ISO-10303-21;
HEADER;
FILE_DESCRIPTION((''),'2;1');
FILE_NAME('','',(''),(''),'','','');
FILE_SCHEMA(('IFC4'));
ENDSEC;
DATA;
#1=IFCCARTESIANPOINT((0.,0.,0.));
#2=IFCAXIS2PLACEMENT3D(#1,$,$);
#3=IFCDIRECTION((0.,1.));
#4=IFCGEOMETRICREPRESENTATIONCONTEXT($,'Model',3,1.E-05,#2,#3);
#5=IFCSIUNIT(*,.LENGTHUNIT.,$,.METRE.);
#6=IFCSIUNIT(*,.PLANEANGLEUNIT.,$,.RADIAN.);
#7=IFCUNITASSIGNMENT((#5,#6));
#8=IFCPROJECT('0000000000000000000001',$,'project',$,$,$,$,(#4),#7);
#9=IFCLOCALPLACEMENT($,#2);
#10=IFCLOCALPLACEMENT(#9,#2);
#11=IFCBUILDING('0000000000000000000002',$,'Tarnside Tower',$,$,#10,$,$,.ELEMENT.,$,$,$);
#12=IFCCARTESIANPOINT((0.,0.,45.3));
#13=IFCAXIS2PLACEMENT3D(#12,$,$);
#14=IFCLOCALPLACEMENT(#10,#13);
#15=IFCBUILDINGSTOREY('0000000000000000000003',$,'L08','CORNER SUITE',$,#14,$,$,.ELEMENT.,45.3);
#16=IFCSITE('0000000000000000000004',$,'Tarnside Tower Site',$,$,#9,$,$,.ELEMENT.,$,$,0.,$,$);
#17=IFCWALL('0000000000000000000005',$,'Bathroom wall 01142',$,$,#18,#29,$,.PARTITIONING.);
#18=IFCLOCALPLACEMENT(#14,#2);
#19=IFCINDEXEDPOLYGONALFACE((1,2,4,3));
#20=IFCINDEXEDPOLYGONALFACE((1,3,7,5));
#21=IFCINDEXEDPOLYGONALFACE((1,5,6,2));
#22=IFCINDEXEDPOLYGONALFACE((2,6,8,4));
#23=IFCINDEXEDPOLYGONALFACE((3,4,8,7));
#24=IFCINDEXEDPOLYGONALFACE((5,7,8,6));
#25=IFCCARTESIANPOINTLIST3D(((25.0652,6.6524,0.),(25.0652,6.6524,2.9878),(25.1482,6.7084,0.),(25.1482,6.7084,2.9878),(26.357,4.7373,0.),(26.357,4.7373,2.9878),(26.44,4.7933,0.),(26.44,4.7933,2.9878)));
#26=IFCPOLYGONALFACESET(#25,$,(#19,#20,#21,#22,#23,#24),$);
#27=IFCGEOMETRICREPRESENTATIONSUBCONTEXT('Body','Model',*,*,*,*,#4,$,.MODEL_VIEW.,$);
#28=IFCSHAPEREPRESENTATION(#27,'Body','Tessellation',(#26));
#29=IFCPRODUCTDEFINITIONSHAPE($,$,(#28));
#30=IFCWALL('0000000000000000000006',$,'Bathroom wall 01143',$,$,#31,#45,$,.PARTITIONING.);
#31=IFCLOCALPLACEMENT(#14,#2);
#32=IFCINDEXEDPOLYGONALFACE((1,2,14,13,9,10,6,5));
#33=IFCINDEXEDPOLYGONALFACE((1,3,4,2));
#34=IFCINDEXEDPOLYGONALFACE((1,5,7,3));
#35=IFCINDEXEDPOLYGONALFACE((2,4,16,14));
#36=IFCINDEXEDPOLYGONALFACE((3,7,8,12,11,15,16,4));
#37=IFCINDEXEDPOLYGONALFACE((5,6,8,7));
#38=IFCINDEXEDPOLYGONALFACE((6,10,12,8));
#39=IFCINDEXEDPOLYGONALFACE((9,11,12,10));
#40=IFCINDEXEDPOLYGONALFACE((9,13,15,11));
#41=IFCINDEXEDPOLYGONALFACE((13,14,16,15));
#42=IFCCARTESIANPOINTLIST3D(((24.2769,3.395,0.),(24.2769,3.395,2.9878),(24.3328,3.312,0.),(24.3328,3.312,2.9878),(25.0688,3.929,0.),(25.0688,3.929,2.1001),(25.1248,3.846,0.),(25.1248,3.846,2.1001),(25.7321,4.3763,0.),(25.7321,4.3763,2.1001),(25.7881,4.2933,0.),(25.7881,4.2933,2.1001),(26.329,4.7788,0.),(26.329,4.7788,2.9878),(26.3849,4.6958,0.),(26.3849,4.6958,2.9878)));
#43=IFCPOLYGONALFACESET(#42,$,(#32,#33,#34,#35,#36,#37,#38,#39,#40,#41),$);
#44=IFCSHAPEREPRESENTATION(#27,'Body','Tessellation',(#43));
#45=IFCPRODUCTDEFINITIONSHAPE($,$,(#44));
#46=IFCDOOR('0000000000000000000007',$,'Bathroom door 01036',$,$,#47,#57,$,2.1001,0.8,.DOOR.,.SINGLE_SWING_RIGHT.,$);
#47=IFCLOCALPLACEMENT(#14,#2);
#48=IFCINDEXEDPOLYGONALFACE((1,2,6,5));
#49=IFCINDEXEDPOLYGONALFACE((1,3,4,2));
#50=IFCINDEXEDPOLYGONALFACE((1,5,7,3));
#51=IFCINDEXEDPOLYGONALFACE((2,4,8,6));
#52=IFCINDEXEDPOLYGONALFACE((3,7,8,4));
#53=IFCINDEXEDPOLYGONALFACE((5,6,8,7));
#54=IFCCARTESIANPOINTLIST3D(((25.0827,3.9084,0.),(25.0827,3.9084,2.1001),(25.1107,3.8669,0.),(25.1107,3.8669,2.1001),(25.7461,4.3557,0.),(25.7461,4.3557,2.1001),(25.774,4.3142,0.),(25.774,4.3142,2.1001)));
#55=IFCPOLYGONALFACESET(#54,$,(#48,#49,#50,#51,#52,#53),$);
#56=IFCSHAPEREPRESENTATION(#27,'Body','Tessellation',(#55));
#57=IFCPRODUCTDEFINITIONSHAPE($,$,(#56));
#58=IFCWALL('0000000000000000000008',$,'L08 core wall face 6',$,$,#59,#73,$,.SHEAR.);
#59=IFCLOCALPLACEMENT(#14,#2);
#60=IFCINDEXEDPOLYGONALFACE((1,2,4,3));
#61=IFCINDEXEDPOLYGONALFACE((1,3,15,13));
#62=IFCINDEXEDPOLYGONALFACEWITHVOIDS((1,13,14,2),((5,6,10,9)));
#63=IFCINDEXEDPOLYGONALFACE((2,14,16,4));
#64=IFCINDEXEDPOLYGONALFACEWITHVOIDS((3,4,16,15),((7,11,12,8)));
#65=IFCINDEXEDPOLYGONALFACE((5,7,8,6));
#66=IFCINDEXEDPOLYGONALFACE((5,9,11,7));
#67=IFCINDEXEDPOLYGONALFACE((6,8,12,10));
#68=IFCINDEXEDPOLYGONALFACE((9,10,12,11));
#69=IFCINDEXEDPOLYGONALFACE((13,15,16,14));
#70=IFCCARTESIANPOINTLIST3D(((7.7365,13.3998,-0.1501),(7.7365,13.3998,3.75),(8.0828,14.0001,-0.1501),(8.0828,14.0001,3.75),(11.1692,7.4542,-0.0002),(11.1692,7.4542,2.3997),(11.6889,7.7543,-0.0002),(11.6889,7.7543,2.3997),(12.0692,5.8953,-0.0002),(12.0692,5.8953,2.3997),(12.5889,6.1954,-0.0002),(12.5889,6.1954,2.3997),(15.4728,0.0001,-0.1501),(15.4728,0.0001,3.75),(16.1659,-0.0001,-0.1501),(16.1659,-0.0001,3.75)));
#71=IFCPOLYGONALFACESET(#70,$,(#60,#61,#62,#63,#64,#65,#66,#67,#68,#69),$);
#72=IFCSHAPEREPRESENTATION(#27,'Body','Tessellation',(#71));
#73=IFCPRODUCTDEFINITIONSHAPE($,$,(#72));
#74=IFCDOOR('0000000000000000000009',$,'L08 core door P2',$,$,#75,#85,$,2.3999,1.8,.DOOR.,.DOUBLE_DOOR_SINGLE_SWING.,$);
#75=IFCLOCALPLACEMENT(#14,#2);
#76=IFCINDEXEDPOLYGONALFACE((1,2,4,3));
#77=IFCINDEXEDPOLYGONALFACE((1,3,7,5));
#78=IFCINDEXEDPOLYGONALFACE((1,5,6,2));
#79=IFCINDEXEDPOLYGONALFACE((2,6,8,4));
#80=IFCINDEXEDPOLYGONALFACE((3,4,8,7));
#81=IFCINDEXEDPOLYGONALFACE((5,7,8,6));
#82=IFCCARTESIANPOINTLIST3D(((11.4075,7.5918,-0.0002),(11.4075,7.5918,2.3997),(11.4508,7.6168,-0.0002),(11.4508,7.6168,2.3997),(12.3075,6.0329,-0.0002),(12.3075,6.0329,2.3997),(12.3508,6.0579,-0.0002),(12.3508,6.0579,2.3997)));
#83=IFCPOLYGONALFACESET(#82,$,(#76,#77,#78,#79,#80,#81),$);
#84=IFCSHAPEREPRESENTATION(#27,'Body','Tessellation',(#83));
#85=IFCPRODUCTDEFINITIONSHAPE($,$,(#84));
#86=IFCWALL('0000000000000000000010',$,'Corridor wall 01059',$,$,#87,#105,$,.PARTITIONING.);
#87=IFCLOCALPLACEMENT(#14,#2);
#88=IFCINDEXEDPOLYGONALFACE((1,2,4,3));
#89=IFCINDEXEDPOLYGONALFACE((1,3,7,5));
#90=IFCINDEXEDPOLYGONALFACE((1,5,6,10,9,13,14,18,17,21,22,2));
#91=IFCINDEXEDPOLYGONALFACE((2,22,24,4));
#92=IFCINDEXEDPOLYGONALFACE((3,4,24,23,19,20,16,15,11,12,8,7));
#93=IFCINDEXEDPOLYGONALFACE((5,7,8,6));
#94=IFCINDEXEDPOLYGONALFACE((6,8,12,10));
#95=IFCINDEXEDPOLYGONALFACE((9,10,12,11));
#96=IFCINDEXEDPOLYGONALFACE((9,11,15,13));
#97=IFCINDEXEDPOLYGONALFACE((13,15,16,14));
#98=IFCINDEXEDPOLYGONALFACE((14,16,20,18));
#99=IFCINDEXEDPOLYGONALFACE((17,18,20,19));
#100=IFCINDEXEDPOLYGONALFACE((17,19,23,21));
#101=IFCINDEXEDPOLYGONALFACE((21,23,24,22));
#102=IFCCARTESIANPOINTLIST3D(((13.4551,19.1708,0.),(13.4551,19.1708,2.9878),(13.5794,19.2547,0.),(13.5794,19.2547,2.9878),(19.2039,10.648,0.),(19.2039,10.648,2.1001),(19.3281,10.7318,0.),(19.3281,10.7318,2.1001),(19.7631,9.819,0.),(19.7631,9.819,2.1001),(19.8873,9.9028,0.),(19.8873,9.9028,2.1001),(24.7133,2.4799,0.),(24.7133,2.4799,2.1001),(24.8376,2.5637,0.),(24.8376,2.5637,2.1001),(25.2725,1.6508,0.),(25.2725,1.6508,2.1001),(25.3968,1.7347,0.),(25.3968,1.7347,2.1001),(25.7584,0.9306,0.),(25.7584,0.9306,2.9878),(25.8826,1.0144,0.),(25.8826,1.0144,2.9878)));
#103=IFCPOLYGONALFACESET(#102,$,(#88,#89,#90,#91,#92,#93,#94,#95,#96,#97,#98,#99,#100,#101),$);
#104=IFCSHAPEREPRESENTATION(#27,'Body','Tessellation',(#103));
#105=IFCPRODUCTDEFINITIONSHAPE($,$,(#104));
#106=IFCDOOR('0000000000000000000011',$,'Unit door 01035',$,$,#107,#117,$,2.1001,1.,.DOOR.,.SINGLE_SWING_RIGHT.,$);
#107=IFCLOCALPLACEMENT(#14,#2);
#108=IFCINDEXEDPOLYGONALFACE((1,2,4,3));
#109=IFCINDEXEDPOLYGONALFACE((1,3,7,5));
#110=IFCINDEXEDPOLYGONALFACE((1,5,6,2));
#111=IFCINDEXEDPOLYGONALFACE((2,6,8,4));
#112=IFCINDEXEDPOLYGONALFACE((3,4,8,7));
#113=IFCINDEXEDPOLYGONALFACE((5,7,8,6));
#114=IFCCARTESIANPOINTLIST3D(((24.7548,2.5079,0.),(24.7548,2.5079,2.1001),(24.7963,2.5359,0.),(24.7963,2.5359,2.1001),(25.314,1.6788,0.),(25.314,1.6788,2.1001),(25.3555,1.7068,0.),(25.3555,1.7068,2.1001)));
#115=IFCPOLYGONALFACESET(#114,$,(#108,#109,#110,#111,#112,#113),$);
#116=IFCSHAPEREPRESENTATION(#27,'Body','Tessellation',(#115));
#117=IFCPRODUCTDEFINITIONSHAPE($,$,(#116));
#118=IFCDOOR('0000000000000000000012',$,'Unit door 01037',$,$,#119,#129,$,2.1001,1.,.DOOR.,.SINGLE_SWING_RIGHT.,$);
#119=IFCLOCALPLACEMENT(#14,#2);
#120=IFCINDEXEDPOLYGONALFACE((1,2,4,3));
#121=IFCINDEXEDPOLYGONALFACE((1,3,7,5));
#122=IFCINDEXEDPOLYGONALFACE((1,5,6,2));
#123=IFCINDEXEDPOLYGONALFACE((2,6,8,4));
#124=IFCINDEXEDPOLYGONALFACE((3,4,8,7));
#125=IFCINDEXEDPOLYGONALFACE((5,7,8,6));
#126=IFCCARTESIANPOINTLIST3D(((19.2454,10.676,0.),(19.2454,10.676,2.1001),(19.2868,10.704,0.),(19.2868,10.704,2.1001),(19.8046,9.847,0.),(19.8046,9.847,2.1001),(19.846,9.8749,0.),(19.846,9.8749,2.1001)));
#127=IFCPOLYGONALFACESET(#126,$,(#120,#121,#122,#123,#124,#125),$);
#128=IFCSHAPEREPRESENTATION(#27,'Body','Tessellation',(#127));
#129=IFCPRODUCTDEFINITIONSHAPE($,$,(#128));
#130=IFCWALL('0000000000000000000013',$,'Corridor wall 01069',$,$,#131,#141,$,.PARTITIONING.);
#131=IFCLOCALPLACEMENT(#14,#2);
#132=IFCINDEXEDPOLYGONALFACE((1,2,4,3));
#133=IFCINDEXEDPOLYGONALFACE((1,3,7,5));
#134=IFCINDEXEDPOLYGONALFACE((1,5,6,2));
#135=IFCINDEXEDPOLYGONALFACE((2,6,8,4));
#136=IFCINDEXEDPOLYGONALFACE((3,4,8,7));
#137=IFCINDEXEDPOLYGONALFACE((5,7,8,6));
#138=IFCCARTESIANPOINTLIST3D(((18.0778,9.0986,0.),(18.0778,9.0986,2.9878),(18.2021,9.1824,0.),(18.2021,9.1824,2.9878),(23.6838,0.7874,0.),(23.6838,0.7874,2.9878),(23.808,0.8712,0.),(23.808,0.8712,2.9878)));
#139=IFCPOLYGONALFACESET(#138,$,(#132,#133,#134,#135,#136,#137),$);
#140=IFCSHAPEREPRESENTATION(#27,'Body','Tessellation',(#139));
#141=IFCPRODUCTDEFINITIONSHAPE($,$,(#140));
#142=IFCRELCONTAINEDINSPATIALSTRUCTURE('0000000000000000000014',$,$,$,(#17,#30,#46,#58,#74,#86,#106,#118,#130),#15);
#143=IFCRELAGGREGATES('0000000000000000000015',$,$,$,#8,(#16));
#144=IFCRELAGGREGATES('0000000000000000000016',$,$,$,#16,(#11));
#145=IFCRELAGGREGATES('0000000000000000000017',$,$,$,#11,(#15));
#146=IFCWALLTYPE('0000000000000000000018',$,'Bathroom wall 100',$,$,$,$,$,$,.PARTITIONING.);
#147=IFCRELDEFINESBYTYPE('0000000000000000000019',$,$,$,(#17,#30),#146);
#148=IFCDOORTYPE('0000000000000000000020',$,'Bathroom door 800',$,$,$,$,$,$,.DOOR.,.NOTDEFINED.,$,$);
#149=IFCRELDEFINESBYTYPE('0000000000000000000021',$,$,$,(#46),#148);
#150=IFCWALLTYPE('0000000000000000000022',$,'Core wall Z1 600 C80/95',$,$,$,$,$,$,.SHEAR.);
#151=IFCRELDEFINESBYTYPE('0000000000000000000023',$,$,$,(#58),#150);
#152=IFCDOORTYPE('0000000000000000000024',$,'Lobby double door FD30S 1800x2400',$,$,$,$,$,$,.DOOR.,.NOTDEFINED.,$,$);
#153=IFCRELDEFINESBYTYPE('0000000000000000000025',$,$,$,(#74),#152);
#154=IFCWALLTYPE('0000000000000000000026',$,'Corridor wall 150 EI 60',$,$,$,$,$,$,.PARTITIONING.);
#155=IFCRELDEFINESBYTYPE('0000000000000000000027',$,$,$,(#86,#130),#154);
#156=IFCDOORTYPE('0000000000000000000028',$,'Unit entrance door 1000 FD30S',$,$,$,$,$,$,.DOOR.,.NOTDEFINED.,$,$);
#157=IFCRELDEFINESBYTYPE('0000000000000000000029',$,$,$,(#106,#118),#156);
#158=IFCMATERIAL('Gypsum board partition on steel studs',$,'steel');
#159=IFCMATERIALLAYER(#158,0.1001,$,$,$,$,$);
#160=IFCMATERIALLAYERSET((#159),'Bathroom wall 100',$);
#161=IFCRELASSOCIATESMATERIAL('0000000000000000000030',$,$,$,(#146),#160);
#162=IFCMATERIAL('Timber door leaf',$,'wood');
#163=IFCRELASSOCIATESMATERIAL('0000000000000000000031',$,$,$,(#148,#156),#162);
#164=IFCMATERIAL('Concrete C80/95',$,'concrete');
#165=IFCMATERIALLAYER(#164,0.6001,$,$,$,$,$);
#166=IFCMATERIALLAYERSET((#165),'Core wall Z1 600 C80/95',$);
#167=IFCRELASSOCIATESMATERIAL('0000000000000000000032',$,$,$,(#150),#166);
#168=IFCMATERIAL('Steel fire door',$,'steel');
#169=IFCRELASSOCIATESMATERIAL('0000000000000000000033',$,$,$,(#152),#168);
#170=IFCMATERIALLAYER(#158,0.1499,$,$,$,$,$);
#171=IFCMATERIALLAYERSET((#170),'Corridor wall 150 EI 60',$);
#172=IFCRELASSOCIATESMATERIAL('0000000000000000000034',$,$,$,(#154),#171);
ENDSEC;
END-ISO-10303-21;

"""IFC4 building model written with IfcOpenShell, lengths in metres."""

from ifc_helpers import new_model, si_unit, direction, frame, frame_2d, origin, place, context, subcontext, project, spatial, polyline, rectangle, outline, extrude, material, layer, layer_set, type_object, element, fill, save


model = new_model("IFC4")

# Units and contexts
model_context = context("Model", 3, precision=1e-05, world=origin(), true_north=direction((0.0, 1.0)))
body_context = subcontext(model_context, "Body", "Model", "MODEL_VIEW")
ifc_project = project(units=[si_unit("LENGTHUNIT", "METRE"), si_unit("PLANEANGLEUNIT", "RADIAN")], contexts=[model_context])

# Site, building, storey
site_placement = place(None, origin())
site = spatial("IfcSite", under=ifc_project, at=site_placement, Name="Tarnside Tower Site", CompositionType="ELEMENT", RefElevation=0.0)
building_placement = place(site_placement, origin())
building = spatial("IfcBuilding", under=site, at=building_placement, Name="Tarnside Tower", CompositionType="ELEMENT")
storey_placement = place(building_placement, frame((0.0, 0.0, 45.3)))
storey = spatial("IfcBuildingStorey", under=building, at=storey_placement, Name="L08", Description="CORNER SUITE", CompositionType="ELEMENT", Elevation=45.3)

# Wall
ifc_material_1 = material(Name="Gypsum board partition on steel studs", Category="steel")
ifc_layer_1 = layer(ifc_material_1, 0.1001)
ifc_layer_set_1 = layer_set([ifc_layer_1], Name="Bathroom wall 100")
wall_type_1 = type_object("IfcWallType", Name="Bathroom wall 100", PredefinedType="PARTITIONING", material=ifc_layer_set_1)
wall_1_placement = place(storey_placement, frame((25.1067, 6.6804, 0.0), z_axis=(0.0, 0.0, 1.0), x_axis=(0.559204, -0.82903, 0.0)))
element("IfcWall", 1, at=wall_1_placement, inside=storey, type_object=wall_type_1, Name="Bathroom wall 01142", PredefinedType="PARTITIONING", context=body_context, shape_type="SweptSolid", body=[
    extrude(rectangle(XDim=2.3101, YDim=0.1001, at=frame_2d((1.155, 0.0))), origin(), (0.0, 0.0, 1.0), 2.9878),
])

# Walls, openings, doors
wall_2_placement = place(storey_placement, frame((26.3569, 4.7373, 0.0), z_axis=(0.0, 0.0, 1.0), x_axis=(-0.829094, -0.559109, 0.0)))
wall_2 = element("IfcWall", 2, at=wall_2_placement, inside=storey, type_object=wall_type_1, Name="Bathroom wall 01143", PredefinedType="PARTITIONING", context=body_context, shape_type="SweptSolid", body=[
    extrude(rectangle(XDim=2.4751, YDim=0.1001, at=frame_2d((1.2375, 0.0))), origin(), (0.0, 0.0, 1.0), 2.9878),
])
opening_1_placement = place(wall_2_placement, frame((0.72, 0.0, 0.0)))
opening_1 = element("IfcOpeningElement", 3, at=opening_1_placement, cuts=wall_2, PredefinedType="OPENING", context=body_context, shape_type="SweptSolid", body=[
    extrude(rectangle(XDim=0.8, YDim=2.1001, at=frame_2d((0.3999, 1.05))), frame((0.0, 0.0601, 0.0), z_axis=(0.0, -1.0, 0.0), x_axis=(1.0, 0.0, 0.0)), (0.0, 0.0, 1.0), 0.1201),
])
ifc_material_2 = material(Name="Timber door leaf", Category="wood")
door_type_1 = type_object("IfcDoorType", Name="Bathroom door 800", OperationType="NOTDEFINED", PredefinedType="DOOR", material=ifc_material_2)
door_1_placement = place(opening_1_placement, origin())
door_1 = element("IfcDoor", 4, at=door_1_placement, inside=storey, type_object=door_type_1, Name="Bathroom door 01036", OperationType="SINGLE_SWING_RIGHT", OverallHeight=2.1001, OverallWidth=0.8, PredefinedType="DOOR", context=body_context, shape_type="SweptSolid", body=[
    extrude(rectangle(XDim=0.8, YDim=2.1001, at=frame_2d((0.3999, 1.05))), frame((0.0, 0.0249, 0.0), z_axis=(0.0, -1.0, 0.0), x_axis=(1.0, 0.0, 0.0)), (0.0, 0.0, 1.0), 0.05),
])
fill(opening_1, door_1)
ifc_material_3 = material(Name="Concrete C80/95", Category="concrete")
ifc_layer_2 = layer(ifc_material_3, 0.6001)
ifc_layer_set_2 = layer_set([ifc_layer_2], Name="Core wall Z1 600 C80/95")
wall_type_2 = type_object("IfcWallType", Name="Core wall Z1 600 C80/95", PredefinedType="SHEAR", material=ifc_layer_set_2)
wall_3_placement = place(storey_placement, frame((15.8193, 0.0, -0.1501), z_axis=(0.0, 0.0, 1.0), x_axis=(-0.5, 0.866025, 0.0)))
wall_3 = element("IfcWall", 5, at=wall_3_placement, inside=storey, type_object=wall_type_2, Name="L08 core wall face 6", PredefinedType="SHEAR", context=body_context, shape_type="SweptSolid", body=[
    extrude(outline(polyline([(-0.1733, -0.3), (15.9927, -0.3), (15.646, 0.3), (0.1733, 0.3), (-0.1733, -0.3)])), origin(), (0.0, 0.0, 1.0), 3.9001),
])
opening_2_placement = place(wall_3_placement, frame((6.9807, 0.0, 0.1499)))
opening_2 = element("IfcOpeningElement", 6, at=opening_2_placement, cuts=wall_3, PredefinedType="OPENING", context=body_context, shape_type="SweptSolid", body=[
    extrude(rectangle(XDim=1.8, YDim=2.3999, at=frame_2d((0.8999, 1.2))), frame((0.0, 0.3101, 0.0), z_axis=(0.0, -1.0, 0.0), x_axis=(1.0, 0.0, 0.0)), (0.0, 0.0, 1.0), 0.6201),
])
ifc_material_4 = material(Name="Steel fire door", Category="steel")
door_type_2 = type_object("IfcDoorType", Name="Lobby double door FD30S 1800x2400", OperationType="NOTDEFINED", PredefinedType="DOOR", material=ifc_material_4)
door_2_placement = place(opening_2_placement, origin())
door_2 = element("IfcDoor", 7, at=door_2_placement, inside=storey, type_object=door_type_2, Name="L08 core door P2", OperationType="DOUBLE_DOOR_SINGLE_SWING", OverallHeight=2.3999, OverallWidth=1.8, PredefinedType="DOOR", context=body_context, shape_type="SweptSolid", body=[
    extrude(rectangle(XDim=1.8, YDim=2.3999, at=frame_2d((0.8999, 1.2))), frame((0.0, 0.0249, 0.0), z_axis=(0.0, -1.0, 0.0), x_axis=(1.0, 0.0, 0.0)), (0.0, 0.0, 1.0), 0.05),
])
fill(opening_2, door_2)

# Wall, openings, doors
ifc_layer_3 = layer(ifc_material_1, 0.1499)
ifc_layer_set_3 = layer_set([ifc_layer_3], Name="Corridor wall 150 EI 60")
wall_type_3 = type_object("IfcWallType", Name="Corridor wall 150 EI 60", PredefinedType="PARTITIONING", material=ifc_layer_set_3)
wall_4_placement = place(storey_placement, frame((25.8206, 0.9724, 0.0), z_axis=(0.0, 0.0, 1.0), x_axis=(-0.559194, 0.829037, 0.0)))
wall_4 = element("IfcWall", 8, at=wall_4_placement, inside=storey, type_object=wall_type_3, Name="Corridor wall 01059", PredefinedType="PARTITIONING", context=body_context, shape_type="SweptSolid", body=[
    extrude(rectangle(XDim=22.0017, YDim=0.1499, at=frame_2d((11.001, 0.0))), origin(), (0.0, 0.0, 1.0), 2.9878),
])
opening_3_placement = place(wall_4_placement, frame((0.8689, 0.0, 0.0)))
opening_3 = element("IfcOpeningElement", 9, at=opening_3_placement, cuts=wall_4, PredefinedType="OPENING", context=body_context, shape_type="SweptSolid", body=[
    extrude(rectangle(XDim=1.0, YDim=2.1001, at=frame_2d((0.5, 1.05))), frame((0.0, 0.085, 0.0), z_axis=(0.0, -1.0, 0.0), x_axis=(1.0, 0.0, 0.0)), (0.0, 0.0, 1.0), 0.1699),
])
opening_4_placement = place(wall_4_placement, frame((10.7214, 0.0, 0.0)))
opening_4 = element("IfcOpeningElement", 10, at=opening_4_placement, cuts=wall_4, PredefinedType="OPENING", context=body_context, shape_type="SweptSolid", body=[
    extrude(rectangle(XDim=1.0, YDim=2.1001, at=frame_2d((0.5, 1.05))), frame((0.0, 0.085, 0.0), z_axis=(0.0, -1.0, 0.0), x_axis=(1.0, 0.0, 0.0)), (0.0, 0.0, 1.0), 0.1699),
])
door_type_3 = type_object("IfcDoorType", Name="Unit entrance door 1000 FD30S", OperationType="NOTDEFINED", PredefinedType="DOOR", material=ifc_material_2)
door_3_placement = place(opening_3_placement, origin())
door_3 = element("IfcDoor", 11, at=door_3_placement, inside=storey, type_object=door_type_3, Name="Unit door 01035", OperationType="SINGLE_SWING_RIGHT", OverallHeight=2.1001, OverallWidth=1.0, PredefinedType="DOOR", context=body_context, shape_type="SweptSolid", body=[
    extrude(rectangle(XDim=1.0, YDim=2.1001, at=frame_2d((0.5, 1.05))), frame((0.0, 0.0249, 0.0), z_axis=(0.0, -1.0, 0.0), x_axis=(1.0, 0.0, 0.0)), (0.0, 0.0, 1.0), 0.05),
])
fill(opening_3, door_3)
door_4_placement = place(opening_4_placement, origin())
door_4 = element("IfcDoor", 12, at=door_4_placement, inside=storey, type_object=door_type_3, Name="Unit door 01037", OperationType="SINGLE_SWING_RIGHT", OverallHeight=2.1001, OverallWidth=1.0, PredefinedType="DOOR", context=body_context, shape_type="SweptSolid", body=[
    extrude(rectangle(XDim=1.0, YDim=2.1001, at=frame_2d((0.5, 1.05))), frame((0.0, 0.0249, 0.0), z_axis=(0.0, -1.0, 0.0), x_axis=(1.0, 0.0, 0.0)), (0.0, 0.0, 1.0), 0.05),
])
fill(opening_4, door_4)

# Wall
wall_5_placement = place(storey_placement, frame((18.1399, 9.1406, 0.0), z_axis=(0.0, 0.0, 1.0), x_axis=(0.559188, -0.829041, 0.0)))
element("IfcWall", 13, at=wall_5_placement, inside=storey, type_object=wall_type_3, Name="Corridor wall 01069", PredefinedType="PARTITIONING", context=body_context, shape_type="SweptSolid", body=[
    extrude(rectangle(XDim=10.0251, YDim=0.1499, at=frame_2d((5.0127, 0.0))), origin(), (0.0, 0.0, 1.0), 2.9878),
])

save(model, "model.ifc")
